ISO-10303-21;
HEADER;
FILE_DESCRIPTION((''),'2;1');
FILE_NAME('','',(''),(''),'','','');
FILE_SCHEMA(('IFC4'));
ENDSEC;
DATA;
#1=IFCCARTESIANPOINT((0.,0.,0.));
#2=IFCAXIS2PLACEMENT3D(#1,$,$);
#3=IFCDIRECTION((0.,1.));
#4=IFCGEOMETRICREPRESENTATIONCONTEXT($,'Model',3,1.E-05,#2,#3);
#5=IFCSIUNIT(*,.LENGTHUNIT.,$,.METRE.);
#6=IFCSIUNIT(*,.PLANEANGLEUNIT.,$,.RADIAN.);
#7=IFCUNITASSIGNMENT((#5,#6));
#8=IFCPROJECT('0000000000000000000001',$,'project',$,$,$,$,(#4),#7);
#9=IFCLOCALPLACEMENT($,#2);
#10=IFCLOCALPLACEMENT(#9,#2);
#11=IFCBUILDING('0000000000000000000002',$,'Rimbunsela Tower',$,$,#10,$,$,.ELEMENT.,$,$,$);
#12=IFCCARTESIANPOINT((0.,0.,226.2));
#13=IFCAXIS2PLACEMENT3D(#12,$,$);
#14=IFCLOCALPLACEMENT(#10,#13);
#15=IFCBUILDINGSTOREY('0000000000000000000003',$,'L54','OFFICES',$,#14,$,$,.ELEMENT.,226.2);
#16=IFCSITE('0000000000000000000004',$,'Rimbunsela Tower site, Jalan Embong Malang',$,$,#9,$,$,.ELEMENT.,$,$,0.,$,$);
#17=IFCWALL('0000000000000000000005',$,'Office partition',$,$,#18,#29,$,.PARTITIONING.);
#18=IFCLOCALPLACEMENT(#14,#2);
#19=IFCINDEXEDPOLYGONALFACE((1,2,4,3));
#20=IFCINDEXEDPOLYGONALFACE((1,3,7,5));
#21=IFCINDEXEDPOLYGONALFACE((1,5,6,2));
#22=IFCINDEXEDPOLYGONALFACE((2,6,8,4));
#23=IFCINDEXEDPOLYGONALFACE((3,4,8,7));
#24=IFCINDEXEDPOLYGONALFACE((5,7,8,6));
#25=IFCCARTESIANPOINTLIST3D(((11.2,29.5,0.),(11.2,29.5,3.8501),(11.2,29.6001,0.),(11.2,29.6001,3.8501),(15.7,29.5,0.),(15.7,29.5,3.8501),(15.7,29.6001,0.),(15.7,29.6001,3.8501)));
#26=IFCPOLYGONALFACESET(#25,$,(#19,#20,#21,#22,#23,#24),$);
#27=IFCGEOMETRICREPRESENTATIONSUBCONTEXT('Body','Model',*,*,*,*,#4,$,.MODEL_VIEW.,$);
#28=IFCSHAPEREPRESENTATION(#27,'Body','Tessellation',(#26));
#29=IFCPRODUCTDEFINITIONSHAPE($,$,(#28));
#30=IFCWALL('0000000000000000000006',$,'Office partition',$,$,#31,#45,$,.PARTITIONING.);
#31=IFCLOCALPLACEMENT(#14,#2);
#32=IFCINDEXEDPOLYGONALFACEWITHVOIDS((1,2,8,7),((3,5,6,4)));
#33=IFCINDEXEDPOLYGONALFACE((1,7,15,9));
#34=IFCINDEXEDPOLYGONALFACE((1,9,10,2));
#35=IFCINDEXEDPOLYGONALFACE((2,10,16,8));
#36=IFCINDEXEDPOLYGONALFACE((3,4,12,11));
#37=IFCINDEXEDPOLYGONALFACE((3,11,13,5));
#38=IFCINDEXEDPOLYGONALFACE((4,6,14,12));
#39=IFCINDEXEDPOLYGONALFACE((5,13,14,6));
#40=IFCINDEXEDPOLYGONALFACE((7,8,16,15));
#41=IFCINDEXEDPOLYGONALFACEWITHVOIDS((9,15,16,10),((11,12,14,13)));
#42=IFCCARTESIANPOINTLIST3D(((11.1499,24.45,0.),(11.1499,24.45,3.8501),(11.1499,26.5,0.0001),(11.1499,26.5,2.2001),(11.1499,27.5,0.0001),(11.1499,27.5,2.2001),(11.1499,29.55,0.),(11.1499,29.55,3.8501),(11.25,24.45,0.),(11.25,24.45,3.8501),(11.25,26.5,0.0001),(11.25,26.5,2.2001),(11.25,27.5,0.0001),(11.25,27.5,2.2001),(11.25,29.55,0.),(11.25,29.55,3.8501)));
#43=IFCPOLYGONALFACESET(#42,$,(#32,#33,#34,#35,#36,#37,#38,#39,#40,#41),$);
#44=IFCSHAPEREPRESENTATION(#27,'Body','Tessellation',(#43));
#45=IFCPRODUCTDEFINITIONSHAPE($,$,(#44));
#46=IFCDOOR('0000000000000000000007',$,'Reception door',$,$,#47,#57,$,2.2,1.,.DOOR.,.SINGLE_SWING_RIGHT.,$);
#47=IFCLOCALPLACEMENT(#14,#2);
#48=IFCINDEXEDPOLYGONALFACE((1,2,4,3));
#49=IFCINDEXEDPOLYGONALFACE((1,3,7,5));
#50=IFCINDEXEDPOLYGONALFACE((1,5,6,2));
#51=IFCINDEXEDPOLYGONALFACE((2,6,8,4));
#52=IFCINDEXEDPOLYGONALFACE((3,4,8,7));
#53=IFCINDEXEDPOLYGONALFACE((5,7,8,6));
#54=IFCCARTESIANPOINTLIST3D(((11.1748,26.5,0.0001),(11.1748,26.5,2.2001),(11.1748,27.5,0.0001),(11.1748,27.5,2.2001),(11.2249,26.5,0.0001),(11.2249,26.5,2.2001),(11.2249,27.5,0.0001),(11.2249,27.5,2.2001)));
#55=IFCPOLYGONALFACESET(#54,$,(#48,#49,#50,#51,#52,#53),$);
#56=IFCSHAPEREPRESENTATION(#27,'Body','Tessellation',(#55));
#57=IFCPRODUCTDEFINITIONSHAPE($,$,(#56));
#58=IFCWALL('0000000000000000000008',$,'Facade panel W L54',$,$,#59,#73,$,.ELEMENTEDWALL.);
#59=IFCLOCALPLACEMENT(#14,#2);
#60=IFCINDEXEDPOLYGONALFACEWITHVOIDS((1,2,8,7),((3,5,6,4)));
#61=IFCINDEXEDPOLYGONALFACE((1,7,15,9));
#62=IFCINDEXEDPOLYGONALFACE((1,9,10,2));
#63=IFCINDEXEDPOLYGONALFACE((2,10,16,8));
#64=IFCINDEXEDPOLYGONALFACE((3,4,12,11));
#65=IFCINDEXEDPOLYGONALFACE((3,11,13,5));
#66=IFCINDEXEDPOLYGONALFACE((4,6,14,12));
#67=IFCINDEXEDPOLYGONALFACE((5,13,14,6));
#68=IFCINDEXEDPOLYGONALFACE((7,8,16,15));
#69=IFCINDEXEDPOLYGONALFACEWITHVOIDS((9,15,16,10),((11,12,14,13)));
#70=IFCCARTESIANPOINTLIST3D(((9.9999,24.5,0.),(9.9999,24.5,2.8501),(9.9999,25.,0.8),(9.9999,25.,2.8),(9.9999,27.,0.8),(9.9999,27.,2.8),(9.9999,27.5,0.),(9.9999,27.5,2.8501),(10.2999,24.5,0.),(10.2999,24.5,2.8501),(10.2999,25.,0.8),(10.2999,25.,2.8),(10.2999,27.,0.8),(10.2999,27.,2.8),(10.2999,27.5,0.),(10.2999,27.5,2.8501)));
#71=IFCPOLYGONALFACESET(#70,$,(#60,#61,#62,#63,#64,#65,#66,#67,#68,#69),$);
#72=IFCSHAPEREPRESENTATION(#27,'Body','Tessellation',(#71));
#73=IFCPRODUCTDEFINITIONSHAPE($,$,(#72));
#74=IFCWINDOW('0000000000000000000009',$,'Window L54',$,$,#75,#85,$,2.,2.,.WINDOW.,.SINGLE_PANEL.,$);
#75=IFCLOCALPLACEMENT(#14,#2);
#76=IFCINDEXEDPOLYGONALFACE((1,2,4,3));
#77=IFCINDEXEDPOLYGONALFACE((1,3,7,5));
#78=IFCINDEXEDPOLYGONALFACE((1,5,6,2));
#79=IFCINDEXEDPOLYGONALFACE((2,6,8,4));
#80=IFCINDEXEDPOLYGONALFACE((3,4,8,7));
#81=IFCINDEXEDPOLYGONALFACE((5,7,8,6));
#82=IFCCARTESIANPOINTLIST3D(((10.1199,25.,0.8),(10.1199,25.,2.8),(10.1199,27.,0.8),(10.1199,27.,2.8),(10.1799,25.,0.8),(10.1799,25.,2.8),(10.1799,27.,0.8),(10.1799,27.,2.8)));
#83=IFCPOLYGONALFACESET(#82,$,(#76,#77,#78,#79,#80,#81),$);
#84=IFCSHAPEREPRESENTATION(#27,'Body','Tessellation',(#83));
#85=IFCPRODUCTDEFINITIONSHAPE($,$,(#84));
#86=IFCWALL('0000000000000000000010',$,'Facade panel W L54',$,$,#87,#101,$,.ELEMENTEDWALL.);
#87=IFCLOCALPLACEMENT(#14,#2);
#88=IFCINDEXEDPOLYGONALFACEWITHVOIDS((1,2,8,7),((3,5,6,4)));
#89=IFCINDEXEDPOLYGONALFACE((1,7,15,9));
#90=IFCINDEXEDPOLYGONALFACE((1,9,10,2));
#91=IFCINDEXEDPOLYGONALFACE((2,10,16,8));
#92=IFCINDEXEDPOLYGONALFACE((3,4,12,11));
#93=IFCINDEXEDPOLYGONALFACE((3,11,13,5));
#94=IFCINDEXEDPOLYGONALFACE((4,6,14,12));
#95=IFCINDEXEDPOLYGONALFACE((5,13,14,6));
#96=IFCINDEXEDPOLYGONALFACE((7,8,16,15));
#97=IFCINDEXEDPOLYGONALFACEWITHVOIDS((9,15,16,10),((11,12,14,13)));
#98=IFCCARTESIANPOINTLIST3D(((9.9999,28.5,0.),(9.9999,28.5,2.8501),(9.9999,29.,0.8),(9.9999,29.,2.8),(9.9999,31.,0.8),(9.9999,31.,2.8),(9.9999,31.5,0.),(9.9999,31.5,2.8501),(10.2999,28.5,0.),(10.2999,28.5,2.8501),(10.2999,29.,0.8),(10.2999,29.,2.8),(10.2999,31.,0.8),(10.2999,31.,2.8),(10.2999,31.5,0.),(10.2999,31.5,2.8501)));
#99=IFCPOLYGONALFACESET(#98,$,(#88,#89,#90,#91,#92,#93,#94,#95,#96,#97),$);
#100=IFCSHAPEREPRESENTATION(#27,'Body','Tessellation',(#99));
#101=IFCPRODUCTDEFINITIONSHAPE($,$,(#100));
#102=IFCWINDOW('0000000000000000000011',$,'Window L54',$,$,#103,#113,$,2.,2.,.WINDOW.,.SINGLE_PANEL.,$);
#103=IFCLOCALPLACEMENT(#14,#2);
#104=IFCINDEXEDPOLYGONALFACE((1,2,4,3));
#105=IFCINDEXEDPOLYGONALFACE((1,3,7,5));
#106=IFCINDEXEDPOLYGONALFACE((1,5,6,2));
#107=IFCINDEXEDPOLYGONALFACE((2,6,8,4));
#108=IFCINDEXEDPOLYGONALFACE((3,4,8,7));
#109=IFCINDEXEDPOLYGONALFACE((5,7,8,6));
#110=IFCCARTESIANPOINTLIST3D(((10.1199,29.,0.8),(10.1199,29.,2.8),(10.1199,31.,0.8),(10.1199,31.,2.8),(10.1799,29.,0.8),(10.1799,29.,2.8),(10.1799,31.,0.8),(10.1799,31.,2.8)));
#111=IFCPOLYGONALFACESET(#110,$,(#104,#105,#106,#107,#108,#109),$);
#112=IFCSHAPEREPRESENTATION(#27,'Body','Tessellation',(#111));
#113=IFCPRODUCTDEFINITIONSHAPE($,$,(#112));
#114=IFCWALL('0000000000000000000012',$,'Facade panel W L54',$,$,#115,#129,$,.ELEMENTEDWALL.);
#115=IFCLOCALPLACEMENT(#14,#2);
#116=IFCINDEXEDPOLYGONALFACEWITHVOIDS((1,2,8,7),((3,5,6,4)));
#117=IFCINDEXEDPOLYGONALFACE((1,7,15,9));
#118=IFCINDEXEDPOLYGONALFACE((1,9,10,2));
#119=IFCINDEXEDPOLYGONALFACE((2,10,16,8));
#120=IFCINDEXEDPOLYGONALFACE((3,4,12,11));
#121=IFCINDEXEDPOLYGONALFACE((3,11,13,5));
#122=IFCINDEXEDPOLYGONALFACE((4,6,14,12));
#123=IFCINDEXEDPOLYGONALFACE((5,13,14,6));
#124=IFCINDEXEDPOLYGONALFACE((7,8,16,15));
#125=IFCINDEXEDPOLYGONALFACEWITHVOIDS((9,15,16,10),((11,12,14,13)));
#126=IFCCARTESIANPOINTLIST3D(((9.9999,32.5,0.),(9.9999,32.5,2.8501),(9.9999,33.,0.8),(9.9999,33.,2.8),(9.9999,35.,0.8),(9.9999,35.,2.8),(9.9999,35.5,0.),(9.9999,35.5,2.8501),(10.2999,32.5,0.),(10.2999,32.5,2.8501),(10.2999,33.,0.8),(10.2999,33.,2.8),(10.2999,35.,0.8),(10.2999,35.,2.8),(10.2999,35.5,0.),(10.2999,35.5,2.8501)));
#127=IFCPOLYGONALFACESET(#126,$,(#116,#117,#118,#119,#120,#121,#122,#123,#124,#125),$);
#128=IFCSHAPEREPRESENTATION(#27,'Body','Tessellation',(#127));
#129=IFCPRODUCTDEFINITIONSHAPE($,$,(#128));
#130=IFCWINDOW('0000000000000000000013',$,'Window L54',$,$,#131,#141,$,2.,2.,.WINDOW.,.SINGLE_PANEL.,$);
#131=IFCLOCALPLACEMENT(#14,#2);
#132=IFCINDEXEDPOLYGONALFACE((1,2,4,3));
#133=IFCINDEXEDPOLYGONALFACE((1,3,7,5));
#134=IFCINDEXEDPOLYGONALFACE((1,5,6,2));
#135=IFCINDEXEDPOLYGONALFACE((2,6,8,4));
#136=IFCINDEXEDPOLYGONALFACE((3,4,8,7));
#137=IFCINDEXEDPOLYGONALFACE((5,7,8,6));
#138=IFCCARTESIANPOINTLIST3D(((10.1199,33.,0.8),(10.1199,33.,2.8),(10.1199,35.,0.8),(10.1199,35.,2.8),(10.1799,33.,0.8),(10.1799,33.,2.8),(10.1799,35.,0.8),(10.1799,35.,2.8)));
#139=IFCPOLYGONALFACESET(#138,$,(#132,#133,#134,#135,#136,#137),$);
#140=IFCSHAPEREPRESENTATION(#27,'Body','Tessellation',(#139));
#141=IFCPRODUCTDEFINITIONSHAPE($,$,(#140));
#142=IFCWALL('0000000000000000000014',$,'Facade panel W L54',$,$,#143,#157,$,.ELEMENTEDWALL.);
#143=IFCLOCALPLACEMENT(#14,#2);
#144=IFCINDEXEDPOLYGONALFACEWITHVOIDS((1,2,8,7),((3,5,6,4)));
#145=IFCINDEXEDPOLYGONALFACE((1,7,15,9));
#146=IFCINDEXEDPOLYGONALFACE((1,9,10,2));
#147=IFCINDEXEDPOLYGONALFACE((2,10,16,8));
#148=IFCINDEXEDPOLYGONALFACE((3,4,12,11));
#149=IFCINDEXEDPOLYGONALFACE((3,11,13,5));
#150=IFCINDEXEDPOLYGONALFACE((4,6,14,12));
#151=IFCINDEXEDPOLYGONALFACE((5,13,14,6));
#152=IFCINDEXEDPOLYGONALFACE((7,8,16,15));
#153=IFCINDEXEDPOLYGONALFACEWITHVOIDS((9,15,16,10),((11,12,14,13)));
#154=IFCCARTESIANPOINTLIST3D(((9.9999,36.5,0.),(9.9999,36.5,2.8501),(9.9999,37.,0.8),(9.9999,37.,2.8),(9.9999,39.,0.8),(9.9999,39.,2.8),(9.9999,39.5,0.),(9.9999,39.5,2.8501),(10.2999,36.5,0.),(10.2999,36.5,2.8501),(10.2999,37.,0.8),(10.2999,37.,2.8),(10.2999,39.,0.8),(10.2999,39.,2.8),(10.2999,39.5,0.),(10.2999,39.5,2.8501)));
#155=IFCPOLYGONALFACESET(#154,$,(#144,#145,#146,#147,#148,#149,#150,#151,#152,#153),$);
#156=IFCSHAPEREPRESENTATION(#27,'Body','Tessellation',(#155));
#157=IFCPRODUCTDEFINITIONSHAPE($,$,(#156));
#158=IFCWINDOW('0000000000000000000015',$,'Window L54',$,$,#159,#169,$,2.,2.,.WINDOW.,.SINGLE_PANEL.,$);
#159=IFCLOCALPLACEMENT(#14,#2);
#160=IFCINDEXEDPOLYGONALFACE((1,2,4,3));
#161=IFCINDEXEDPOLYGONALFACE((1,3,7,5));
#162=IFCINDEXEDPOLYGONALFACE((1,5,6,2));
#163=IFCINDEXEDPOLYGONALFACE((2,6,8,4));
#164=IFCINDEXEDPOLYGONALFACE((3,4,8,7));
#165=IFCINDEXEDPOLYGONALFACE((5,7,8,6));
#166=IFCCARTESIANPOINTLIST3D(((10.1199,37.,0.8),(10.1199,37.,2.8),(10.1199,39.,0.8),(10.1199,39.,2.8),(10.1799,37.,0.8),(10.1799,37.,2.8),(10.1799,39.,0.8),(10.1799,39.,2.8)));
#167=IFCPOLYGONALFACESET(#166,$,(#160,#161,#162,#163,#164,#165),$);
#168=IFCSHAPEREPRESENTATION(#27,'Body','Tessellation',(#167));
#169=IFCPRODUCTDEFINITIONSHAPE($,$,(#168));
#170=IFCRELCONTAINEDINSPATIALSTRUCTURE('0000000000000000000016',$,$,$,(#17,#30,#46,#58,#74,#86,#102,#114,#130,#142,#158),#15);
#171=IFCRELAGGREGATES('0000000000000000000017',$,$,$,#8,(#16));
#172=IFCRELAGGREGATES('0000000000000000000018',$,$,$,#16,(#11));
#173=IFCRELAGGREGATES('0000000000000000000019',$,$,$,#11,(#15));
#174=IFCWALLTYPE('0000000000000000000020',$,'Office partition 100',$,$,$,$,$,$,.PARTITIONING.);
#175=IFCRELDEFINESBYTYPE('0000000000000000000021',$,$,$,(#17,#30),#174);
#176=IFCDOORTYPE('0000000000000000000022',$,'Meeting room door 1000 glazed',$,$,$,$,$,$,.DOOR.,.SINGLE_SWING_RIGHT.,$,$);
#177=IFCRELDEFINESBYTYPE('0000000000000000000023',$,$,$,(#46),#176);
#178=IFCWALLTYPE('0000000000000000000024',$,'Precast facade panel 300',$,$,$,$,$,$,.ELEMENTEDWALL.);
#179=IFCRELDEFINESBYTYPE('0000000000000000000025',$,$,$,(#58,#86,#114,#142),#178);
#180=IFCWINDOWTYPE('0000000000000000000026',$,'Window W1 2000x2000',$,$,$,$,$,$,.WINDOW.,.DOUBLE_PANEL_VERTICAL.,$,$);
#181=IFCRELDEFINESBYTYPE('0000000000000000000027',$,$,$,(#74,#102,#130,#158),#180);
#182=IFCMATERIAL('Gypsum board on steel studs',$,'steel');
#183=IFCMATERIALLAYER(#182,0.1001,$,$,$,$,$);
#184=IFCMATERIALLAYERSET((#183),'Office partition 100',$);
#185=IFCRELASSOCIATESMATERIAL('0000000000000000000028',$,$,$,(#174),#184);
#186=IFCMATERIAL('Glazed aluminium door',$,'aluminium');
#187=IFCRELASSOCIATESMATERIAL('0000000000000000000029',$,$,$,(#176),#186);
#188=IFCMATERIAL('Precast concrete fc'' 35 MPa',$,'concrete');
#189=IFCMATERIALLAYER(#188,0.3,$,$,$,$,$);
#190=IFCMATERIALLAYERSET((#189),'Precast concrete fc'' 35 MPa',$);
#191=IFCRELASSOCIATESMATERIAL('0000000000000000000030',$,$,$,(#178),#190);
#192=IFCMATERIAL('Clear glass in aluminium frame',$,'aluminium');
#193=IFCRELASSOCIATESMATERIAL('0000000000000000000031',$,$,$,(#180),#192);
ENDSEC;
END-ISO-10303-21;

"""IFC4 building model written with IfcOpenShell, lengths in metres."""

from ifc_helpers import new_model, si_unit, direction, frame, frame_2d, origin, place, context, subcontext, project, spatial, rectangle, extrude, material, layer, layer_set, type_object, element, fill, save


model = new_model("IFC4")

# Units and contexts
model_context = context("Model", 3, precision=1e-05, world=origin(), true_north=direction((0.0, 1.0)))
body_context = subcontext(model_context, "Body", "Model", "MODEL_VIEW")
ifc_project = project(units=[si_unit("LENGTHUNIT", "METRE"), si_unit("PLANEANGLEUNIT", "RADIAN")], contexts=[model_context])

# Site, building, storey
site_placement = place(None, origin())
site = spatial("IfcSite", under=ifc_project, at=site_placement, Name="Rimbunsela Tower site, Jalan Embong Malang", CompositionType="ELEMENT", RefElevation=0.0)
building_placement = place(site_placement, origin())
building = spatial("IfcBuilding", under=site, at=building_placement, Name="Rimbunsela Tower", CompositionType="ELEMENT")
storey_placement = place(building_placement, frame((0.0, 0.0, 226.2)))
storey = spatial("IfcBuildingStorey", under=building, at=storey_placement, Name="L54", Description="OFFICES", CompositionType="ELEMENT", Elevation=226.2)

# Wall
ifc_material_1 = material(Name="Gypsum board on steel studs", Category="steel")
ifc_layer_1 = layer(ifc_material_1, 0.1001)
ifc_layer_set_1 = layer_set([ifc_layer_1], Name="Office partition 100")
wall_type_1 = type_object("IfcWallType", Name="Office partition 100", PredefinedType="PARTITIONING", material=ifc_layer_set_1)
wall_1_placement = place(storey_placement, frame((15.7, 29.55, 0.0), z_axis=(0.0, 0.0, 1.0), x_axis=(-1.0, 0.0, 0.0)))
element("IfcWall", 1, at=wall_1_placement, inside=storey, type_object=wall_type_1, Name="Office partition", PredefinedType="PARTITIONING", context=body_context, shape_type="SweptSolid", body=[
    extrude(rectangle(XDim=4.5, YDim=0.1001, at=frame_2d((2.25, 0.0))), origin(), (0.0, 0.0, 1.0), 3.8501),
])

# Wall, opening, door
wall_2_placement = place(storey_placement, frame((11.2, 29.55, 0.0), z_axis=(0.0, 0.0, 1.0), x_axis=(0.0, -1.0, 0.0)))
wall_2 = element("IfcWall", 2, at=wall_2_placement, inside=storey, type_object=wall_type_1, Name="Office partition", PredefinedType="PARTITIONING", context=body_context, shape_type="SweptSolid", body=[
    extrude(rectangle(XDim=5.1001, YDim=0.1001, at=frame_2d((2.55, 0.0))), origin(), (0.0, 0.0, 1.0), 3.8501),
])
opening_1_placement = place(wall_2_placement, frame((2.05, 0.0, 0.0)))
opening_1 = element("IfcOpeningElement", 3, at=opening_1_placement, cuts=wall_2, PredefinedType="OPENING", context=body_context, shape_type="SweptSolid", body=[
    extrude(rectangle(XDim=1.0, YDim=2.2, at=frame_2d((0.5, 1.1001))), frame((0.0, 0.0601, 0.0), z_axis=(0.0, -1.0, 0.0), x_axis=(1.0, 0.0, 0.0)), (0.0, 0.0, 1.0), 0.1201),
])
ifc_material_2 = material(Name="Glazed aluminium door", Category="aluminium")
door_type_1 = type_object("IfcDoorType", Name="Meeting room door 1000 glazed", OperationType="SINGLE_SWING_RIGHT", PredefinedType="DOOR", material=ifc_material_2)
door_1_placement = place(opening_1_placement, origin())
door_1 = element("IfcDoor", 4, at=door_1_placement, inside=storey, type_object=door_type_1, Name="Reception door", OperationType="SINGLE_SWING_RIGHT", OverallHeight=2.2, OverallWidth=1.0, PredefinedType="DOOR", context=body_context, shape_type="SweptSolid", body=[
    extrude(rectangle(XDim=1.0, YDim=2.2, at=frame_2d((0.5, 1.1001))), frame((0.0, 0.0249, 0.0), z_axis=(0.0, -1.0, 0.0), x_axis=(1.0, 0.0, 0.0)), (0.0, 0.0, 1.0), 0.05),
])
fill(opening_1, door_1)

# Walls, openings, windows
ifc_material_3 = material(Name="Precast concrete fc' 35 MPa", Category="concrete")
ifc_layer_2 = layer(ifc_material_3, 0.3)
ifc_layer_set_2 = layer_set([ifc_layer_2], Name="Precast concrete fc' 35 MPa")
wall_type_2 = type_object("IfcWallType", Name="Precast facade panel 300", PredefinedType="ELEMENTEDWALL", material=ifc_layer_set_2)
wall_3_placement = place(storey_placement, frame((10.1499, 27.5, 0.0), z_axis=(0.0, 0.0, 1.0), x_axis=(0.0, -1.0, 0.0)))
wall_3 = element("IfcWall", 5, at=wall_3_placement, inside=storey, type_object=wall_type_2, Name="Facade panel W L54", PredefinedType="ELEMENTEDWALL", context=body_context, shape_type="SweptSolid", body=[
    extrude(rectangle(XDim=3.0, YDim=0.3, at=frame_2d((1.5, 0.0))), origin(), (0.0, 0.0, 1.0), 2.8501),
])
opening_2_placement = place(wall_3_placement, frame((0.5, 0.0, 0.8)))
opening_2 = element("IfcOpeningElement", 6, at=opening_2_placement, cuts=wall_3, PredefinedType="OPENING", context=body_context, shape_type="SweptSolid", body=[
    extrude(rectangle(XDim=2.0, YDim=2.0, at=frame_2d((1.0, 1.0))), frame((0.0, 0.1599, 0.0), z_axis=(0.0, -1.0, 0.0), x_axis=(1.0, 0.0, 0.0)), (0.0, 0.0, 1.0), 0.3201),
])
ifc_material_4 = material(Name="Clear glass in aluminium frame", Category="aluminium")
window_type = type_object("IfcWindowType", Name="Window W1 2000x2000", PartitioningType="DOUBLE_PANEL_VERTICAL", PredefinedType="WINDOW", material=ifc_material_4)
window_1_placement = place(opening_2_placement, origin())
window_1 = element("IfcWindow", 7, at=window_1_placement, inside=storey, type_object=window_type, Name="Window L54", OverallHeight=2.0, OverallWidth=2.0, PartitioningType="SINGLE_PANEL", PredefinedType="WINDOW", context=body_context, shape_type="SweptSolid", body=[
    extrude(rectangle(XDim=2.0, YDim=2.0, at=frame_2d((1.0, 1.0))), frame((0.0, 0.03, 0.0), z_axis=(0.0, -1.0, 0.0), x_axis=(1.0, 0.0, 0.0)), (0.0, 0.0, 1.0), 0.0601),
])
fill(opening_2, window_1)
wall_4_placement = place(storey_placement, frame((10.1499, 31.5, 0.0), z_axis=(0.0, 0.0, 1.0), x_axis=(0.0, -1.0, 0.0)))
wall_4 = element("IfcWall", 8, at=wall_4_placement, inside=storey, type_object=wall_type_2, Name="Facade panel W L54", PredefinedType="ELEMENTEDWALL", context=body_context, shape_type="SweptSolid", body=[
    extrude(rectangle(XDim=3.0, YDim=0.3, at=frame_2d((1.5, 0.0))), origin(), (0.0, 0.0, 1.0), 2.8501),
])
opening_3_placement = place(wall_4_placement, frame((0.5, 0.0, 0.8)))
opening_3 = element("IfcOpeningElement", 9, at=opening_3_placement, cuts=wall_4, PredefinedType="OPENING", context=body_context, shape_type="SweptSolid", body=[
    extrude(rectangle(XDim=2.0, YDim=2.0, at=frame_2d((1.0, 1.0))), frame((0.0, 0.1599, 0.0), z_axis=(0.0, -1.0, 0.0), x_axis=(1.0, 0.0, 0.0)), (0.0, 0.0, 1.0), 0.3201),
])
window_2_placement = place(opening_3_placement, origin())
window_2 = element("IfcWindow", 10, at=window_2_placement, inside=storey, type_object=window_type, Name="Window L54", OverallHeight=2.0, OverallWidth=2.0, PartitioningType="SINGLE_PANEL", PredefinedType="WINDOW", context=body_context, shape_type="SweptSolid", body=[
    extrude(rectangle(XDim=2.0, YDim=2.0, at=frame_2d((1.0, 1.0))), frame((0.0, 0.03, 0.0), z_axis=(0.0, -1.0, 0.0), x_axis=(1.0, 0.0, 0.0)), (0.0, 0.0, 1.0), 0.0601),
])
fill(opening_3, window_2)
wall_5_placement = place(storey_placement, frame((10.1499, 35.5, 0.0), z_axis=(0.0, 0.0, 1.0), x_axis=(0.0, -1.0, 0.0)))
wall_5 = element("IfcWall", 11, at=wall_5_placement, inside=storey, type_object=wall_type_2, Name="Facade panel W L54", PredefinedType="ELEMENTEDWALL", context=body_context, shape_type="SweptSolid", body=[
    extrude(rectangle(XDim=3.0, YDim=0.3, at=frame_2d((1.5, 0.0))), origin(), (0.0, 0.0, 1.0), 2.8501),
])
opening_4_placement = place(wall_5_placement, frame((0.5, 0.0, 0.8)))
opening_4 = element("IfcOpeningElement", 12, at=opening_4_placement, cuts=wall_5, PredefinedType="OPENING", context=body_context, shape_type="SweptSolid", body=[
    extrude(rectangle(XDim=2.0, YDim=2.0, at=frame_2d((1.0, 1.0))), frame((0.0, 0.1599, 0.0), z_axis=(0.0, -1.0, 0.0), x_axis=(1.0, 0.0, 0.0)), (0.0, 0.0, 1.0), 0.3201),
])
window_3_placement = place(opening_4_placement, origin())
window_3 = element("IfcWindow", 13, at=window_3_placement, inside=storey, type_object=window_type, Name="Window L54", OverallHeight=2.0, OverallWidth=2.0, PartitioningType="SINGLE_PANEL", PredefinedType="WINDOW", context=body_context, shape_type="SweptSolid", body=[
    extrude(rectangle(XDim=2.0, YDim=2.0, at=frame_2d((1.0, 1.0))), frame((0.0, 0.03, 0.0), z_axis=(0.0, -1.0, 0.0), x_axis=(1.0, 0.0, 0.0)), (0.0, 0.0, 1.0), 0.0601),
])
fill(opening_4, window_3)
wall_6_placement = place(storey_placement, frame((10.1499, 39.5, 0.0), z_axis=(0.0, 0.0, 1.0), x_axis=(0.0, -1.0, 0.0)))
wall_6 = element("IfcWall", 14, at=wall_6_placement, inside=storey, type_object=wall_type_2, Name="Facade panel W L54", PredefinedType="ELEMENTEDWALL", context=body_context, shape_type="SweptSolid", body=[
    extrude(rectangle(XDim=3.0, YDim=0.3, at=frame_2d((1.5, 0.0))), origin(), (0.0, 0.0, 1.0), 2.8501),
])
opening_5_placement = place(wall_6_placement, frame((0.5, 0.0, 0.8)))
opening_5 = element("IfcOpeningElement", 15, at=opening_5_placement, cuts=wall_6, PredefinedType="OPENING", context=body_context, shape_type="SweptSolid", body=[
    extrude(rectangle(XDim=2.0, YDim=2.0, at=frame_2d((1.0, 1.0))), frame((0.0, 0.1599, 0.0), z_axis=(0.0, -1.0, 0.0), x_axis=(1.0, 0.0, 0.0)), (0.0, 0.0, 1.0), 0.3201),
])
window_4_placement = place(opening_5_placement, origin())
window_4 = element("IfcWindow", 16, at=window_4_placement, inside=storey, type_object=window_type, Name="Window L54", OverallHeight=2.0, OverallWidth=2.0, PartitioningType="SINGLE_PANEL", PredefinedType="WINDOW", context=body_context, shape_type="SweptSolid", body=[
    extrude(rectangle(XDim=2.0, YDim=2.0, at=frame_2d((1.0, 1.0))), frame((0.0, 0.03, 0.0), z_axis=(0.0, -1.0, 0.0), x_axis=(1.0, 0.0, 0.0)), (0.0, 0.0, 1.0), 0.0601),
])
fill(opening_5, window_4)

save(model, "model.ifc")
